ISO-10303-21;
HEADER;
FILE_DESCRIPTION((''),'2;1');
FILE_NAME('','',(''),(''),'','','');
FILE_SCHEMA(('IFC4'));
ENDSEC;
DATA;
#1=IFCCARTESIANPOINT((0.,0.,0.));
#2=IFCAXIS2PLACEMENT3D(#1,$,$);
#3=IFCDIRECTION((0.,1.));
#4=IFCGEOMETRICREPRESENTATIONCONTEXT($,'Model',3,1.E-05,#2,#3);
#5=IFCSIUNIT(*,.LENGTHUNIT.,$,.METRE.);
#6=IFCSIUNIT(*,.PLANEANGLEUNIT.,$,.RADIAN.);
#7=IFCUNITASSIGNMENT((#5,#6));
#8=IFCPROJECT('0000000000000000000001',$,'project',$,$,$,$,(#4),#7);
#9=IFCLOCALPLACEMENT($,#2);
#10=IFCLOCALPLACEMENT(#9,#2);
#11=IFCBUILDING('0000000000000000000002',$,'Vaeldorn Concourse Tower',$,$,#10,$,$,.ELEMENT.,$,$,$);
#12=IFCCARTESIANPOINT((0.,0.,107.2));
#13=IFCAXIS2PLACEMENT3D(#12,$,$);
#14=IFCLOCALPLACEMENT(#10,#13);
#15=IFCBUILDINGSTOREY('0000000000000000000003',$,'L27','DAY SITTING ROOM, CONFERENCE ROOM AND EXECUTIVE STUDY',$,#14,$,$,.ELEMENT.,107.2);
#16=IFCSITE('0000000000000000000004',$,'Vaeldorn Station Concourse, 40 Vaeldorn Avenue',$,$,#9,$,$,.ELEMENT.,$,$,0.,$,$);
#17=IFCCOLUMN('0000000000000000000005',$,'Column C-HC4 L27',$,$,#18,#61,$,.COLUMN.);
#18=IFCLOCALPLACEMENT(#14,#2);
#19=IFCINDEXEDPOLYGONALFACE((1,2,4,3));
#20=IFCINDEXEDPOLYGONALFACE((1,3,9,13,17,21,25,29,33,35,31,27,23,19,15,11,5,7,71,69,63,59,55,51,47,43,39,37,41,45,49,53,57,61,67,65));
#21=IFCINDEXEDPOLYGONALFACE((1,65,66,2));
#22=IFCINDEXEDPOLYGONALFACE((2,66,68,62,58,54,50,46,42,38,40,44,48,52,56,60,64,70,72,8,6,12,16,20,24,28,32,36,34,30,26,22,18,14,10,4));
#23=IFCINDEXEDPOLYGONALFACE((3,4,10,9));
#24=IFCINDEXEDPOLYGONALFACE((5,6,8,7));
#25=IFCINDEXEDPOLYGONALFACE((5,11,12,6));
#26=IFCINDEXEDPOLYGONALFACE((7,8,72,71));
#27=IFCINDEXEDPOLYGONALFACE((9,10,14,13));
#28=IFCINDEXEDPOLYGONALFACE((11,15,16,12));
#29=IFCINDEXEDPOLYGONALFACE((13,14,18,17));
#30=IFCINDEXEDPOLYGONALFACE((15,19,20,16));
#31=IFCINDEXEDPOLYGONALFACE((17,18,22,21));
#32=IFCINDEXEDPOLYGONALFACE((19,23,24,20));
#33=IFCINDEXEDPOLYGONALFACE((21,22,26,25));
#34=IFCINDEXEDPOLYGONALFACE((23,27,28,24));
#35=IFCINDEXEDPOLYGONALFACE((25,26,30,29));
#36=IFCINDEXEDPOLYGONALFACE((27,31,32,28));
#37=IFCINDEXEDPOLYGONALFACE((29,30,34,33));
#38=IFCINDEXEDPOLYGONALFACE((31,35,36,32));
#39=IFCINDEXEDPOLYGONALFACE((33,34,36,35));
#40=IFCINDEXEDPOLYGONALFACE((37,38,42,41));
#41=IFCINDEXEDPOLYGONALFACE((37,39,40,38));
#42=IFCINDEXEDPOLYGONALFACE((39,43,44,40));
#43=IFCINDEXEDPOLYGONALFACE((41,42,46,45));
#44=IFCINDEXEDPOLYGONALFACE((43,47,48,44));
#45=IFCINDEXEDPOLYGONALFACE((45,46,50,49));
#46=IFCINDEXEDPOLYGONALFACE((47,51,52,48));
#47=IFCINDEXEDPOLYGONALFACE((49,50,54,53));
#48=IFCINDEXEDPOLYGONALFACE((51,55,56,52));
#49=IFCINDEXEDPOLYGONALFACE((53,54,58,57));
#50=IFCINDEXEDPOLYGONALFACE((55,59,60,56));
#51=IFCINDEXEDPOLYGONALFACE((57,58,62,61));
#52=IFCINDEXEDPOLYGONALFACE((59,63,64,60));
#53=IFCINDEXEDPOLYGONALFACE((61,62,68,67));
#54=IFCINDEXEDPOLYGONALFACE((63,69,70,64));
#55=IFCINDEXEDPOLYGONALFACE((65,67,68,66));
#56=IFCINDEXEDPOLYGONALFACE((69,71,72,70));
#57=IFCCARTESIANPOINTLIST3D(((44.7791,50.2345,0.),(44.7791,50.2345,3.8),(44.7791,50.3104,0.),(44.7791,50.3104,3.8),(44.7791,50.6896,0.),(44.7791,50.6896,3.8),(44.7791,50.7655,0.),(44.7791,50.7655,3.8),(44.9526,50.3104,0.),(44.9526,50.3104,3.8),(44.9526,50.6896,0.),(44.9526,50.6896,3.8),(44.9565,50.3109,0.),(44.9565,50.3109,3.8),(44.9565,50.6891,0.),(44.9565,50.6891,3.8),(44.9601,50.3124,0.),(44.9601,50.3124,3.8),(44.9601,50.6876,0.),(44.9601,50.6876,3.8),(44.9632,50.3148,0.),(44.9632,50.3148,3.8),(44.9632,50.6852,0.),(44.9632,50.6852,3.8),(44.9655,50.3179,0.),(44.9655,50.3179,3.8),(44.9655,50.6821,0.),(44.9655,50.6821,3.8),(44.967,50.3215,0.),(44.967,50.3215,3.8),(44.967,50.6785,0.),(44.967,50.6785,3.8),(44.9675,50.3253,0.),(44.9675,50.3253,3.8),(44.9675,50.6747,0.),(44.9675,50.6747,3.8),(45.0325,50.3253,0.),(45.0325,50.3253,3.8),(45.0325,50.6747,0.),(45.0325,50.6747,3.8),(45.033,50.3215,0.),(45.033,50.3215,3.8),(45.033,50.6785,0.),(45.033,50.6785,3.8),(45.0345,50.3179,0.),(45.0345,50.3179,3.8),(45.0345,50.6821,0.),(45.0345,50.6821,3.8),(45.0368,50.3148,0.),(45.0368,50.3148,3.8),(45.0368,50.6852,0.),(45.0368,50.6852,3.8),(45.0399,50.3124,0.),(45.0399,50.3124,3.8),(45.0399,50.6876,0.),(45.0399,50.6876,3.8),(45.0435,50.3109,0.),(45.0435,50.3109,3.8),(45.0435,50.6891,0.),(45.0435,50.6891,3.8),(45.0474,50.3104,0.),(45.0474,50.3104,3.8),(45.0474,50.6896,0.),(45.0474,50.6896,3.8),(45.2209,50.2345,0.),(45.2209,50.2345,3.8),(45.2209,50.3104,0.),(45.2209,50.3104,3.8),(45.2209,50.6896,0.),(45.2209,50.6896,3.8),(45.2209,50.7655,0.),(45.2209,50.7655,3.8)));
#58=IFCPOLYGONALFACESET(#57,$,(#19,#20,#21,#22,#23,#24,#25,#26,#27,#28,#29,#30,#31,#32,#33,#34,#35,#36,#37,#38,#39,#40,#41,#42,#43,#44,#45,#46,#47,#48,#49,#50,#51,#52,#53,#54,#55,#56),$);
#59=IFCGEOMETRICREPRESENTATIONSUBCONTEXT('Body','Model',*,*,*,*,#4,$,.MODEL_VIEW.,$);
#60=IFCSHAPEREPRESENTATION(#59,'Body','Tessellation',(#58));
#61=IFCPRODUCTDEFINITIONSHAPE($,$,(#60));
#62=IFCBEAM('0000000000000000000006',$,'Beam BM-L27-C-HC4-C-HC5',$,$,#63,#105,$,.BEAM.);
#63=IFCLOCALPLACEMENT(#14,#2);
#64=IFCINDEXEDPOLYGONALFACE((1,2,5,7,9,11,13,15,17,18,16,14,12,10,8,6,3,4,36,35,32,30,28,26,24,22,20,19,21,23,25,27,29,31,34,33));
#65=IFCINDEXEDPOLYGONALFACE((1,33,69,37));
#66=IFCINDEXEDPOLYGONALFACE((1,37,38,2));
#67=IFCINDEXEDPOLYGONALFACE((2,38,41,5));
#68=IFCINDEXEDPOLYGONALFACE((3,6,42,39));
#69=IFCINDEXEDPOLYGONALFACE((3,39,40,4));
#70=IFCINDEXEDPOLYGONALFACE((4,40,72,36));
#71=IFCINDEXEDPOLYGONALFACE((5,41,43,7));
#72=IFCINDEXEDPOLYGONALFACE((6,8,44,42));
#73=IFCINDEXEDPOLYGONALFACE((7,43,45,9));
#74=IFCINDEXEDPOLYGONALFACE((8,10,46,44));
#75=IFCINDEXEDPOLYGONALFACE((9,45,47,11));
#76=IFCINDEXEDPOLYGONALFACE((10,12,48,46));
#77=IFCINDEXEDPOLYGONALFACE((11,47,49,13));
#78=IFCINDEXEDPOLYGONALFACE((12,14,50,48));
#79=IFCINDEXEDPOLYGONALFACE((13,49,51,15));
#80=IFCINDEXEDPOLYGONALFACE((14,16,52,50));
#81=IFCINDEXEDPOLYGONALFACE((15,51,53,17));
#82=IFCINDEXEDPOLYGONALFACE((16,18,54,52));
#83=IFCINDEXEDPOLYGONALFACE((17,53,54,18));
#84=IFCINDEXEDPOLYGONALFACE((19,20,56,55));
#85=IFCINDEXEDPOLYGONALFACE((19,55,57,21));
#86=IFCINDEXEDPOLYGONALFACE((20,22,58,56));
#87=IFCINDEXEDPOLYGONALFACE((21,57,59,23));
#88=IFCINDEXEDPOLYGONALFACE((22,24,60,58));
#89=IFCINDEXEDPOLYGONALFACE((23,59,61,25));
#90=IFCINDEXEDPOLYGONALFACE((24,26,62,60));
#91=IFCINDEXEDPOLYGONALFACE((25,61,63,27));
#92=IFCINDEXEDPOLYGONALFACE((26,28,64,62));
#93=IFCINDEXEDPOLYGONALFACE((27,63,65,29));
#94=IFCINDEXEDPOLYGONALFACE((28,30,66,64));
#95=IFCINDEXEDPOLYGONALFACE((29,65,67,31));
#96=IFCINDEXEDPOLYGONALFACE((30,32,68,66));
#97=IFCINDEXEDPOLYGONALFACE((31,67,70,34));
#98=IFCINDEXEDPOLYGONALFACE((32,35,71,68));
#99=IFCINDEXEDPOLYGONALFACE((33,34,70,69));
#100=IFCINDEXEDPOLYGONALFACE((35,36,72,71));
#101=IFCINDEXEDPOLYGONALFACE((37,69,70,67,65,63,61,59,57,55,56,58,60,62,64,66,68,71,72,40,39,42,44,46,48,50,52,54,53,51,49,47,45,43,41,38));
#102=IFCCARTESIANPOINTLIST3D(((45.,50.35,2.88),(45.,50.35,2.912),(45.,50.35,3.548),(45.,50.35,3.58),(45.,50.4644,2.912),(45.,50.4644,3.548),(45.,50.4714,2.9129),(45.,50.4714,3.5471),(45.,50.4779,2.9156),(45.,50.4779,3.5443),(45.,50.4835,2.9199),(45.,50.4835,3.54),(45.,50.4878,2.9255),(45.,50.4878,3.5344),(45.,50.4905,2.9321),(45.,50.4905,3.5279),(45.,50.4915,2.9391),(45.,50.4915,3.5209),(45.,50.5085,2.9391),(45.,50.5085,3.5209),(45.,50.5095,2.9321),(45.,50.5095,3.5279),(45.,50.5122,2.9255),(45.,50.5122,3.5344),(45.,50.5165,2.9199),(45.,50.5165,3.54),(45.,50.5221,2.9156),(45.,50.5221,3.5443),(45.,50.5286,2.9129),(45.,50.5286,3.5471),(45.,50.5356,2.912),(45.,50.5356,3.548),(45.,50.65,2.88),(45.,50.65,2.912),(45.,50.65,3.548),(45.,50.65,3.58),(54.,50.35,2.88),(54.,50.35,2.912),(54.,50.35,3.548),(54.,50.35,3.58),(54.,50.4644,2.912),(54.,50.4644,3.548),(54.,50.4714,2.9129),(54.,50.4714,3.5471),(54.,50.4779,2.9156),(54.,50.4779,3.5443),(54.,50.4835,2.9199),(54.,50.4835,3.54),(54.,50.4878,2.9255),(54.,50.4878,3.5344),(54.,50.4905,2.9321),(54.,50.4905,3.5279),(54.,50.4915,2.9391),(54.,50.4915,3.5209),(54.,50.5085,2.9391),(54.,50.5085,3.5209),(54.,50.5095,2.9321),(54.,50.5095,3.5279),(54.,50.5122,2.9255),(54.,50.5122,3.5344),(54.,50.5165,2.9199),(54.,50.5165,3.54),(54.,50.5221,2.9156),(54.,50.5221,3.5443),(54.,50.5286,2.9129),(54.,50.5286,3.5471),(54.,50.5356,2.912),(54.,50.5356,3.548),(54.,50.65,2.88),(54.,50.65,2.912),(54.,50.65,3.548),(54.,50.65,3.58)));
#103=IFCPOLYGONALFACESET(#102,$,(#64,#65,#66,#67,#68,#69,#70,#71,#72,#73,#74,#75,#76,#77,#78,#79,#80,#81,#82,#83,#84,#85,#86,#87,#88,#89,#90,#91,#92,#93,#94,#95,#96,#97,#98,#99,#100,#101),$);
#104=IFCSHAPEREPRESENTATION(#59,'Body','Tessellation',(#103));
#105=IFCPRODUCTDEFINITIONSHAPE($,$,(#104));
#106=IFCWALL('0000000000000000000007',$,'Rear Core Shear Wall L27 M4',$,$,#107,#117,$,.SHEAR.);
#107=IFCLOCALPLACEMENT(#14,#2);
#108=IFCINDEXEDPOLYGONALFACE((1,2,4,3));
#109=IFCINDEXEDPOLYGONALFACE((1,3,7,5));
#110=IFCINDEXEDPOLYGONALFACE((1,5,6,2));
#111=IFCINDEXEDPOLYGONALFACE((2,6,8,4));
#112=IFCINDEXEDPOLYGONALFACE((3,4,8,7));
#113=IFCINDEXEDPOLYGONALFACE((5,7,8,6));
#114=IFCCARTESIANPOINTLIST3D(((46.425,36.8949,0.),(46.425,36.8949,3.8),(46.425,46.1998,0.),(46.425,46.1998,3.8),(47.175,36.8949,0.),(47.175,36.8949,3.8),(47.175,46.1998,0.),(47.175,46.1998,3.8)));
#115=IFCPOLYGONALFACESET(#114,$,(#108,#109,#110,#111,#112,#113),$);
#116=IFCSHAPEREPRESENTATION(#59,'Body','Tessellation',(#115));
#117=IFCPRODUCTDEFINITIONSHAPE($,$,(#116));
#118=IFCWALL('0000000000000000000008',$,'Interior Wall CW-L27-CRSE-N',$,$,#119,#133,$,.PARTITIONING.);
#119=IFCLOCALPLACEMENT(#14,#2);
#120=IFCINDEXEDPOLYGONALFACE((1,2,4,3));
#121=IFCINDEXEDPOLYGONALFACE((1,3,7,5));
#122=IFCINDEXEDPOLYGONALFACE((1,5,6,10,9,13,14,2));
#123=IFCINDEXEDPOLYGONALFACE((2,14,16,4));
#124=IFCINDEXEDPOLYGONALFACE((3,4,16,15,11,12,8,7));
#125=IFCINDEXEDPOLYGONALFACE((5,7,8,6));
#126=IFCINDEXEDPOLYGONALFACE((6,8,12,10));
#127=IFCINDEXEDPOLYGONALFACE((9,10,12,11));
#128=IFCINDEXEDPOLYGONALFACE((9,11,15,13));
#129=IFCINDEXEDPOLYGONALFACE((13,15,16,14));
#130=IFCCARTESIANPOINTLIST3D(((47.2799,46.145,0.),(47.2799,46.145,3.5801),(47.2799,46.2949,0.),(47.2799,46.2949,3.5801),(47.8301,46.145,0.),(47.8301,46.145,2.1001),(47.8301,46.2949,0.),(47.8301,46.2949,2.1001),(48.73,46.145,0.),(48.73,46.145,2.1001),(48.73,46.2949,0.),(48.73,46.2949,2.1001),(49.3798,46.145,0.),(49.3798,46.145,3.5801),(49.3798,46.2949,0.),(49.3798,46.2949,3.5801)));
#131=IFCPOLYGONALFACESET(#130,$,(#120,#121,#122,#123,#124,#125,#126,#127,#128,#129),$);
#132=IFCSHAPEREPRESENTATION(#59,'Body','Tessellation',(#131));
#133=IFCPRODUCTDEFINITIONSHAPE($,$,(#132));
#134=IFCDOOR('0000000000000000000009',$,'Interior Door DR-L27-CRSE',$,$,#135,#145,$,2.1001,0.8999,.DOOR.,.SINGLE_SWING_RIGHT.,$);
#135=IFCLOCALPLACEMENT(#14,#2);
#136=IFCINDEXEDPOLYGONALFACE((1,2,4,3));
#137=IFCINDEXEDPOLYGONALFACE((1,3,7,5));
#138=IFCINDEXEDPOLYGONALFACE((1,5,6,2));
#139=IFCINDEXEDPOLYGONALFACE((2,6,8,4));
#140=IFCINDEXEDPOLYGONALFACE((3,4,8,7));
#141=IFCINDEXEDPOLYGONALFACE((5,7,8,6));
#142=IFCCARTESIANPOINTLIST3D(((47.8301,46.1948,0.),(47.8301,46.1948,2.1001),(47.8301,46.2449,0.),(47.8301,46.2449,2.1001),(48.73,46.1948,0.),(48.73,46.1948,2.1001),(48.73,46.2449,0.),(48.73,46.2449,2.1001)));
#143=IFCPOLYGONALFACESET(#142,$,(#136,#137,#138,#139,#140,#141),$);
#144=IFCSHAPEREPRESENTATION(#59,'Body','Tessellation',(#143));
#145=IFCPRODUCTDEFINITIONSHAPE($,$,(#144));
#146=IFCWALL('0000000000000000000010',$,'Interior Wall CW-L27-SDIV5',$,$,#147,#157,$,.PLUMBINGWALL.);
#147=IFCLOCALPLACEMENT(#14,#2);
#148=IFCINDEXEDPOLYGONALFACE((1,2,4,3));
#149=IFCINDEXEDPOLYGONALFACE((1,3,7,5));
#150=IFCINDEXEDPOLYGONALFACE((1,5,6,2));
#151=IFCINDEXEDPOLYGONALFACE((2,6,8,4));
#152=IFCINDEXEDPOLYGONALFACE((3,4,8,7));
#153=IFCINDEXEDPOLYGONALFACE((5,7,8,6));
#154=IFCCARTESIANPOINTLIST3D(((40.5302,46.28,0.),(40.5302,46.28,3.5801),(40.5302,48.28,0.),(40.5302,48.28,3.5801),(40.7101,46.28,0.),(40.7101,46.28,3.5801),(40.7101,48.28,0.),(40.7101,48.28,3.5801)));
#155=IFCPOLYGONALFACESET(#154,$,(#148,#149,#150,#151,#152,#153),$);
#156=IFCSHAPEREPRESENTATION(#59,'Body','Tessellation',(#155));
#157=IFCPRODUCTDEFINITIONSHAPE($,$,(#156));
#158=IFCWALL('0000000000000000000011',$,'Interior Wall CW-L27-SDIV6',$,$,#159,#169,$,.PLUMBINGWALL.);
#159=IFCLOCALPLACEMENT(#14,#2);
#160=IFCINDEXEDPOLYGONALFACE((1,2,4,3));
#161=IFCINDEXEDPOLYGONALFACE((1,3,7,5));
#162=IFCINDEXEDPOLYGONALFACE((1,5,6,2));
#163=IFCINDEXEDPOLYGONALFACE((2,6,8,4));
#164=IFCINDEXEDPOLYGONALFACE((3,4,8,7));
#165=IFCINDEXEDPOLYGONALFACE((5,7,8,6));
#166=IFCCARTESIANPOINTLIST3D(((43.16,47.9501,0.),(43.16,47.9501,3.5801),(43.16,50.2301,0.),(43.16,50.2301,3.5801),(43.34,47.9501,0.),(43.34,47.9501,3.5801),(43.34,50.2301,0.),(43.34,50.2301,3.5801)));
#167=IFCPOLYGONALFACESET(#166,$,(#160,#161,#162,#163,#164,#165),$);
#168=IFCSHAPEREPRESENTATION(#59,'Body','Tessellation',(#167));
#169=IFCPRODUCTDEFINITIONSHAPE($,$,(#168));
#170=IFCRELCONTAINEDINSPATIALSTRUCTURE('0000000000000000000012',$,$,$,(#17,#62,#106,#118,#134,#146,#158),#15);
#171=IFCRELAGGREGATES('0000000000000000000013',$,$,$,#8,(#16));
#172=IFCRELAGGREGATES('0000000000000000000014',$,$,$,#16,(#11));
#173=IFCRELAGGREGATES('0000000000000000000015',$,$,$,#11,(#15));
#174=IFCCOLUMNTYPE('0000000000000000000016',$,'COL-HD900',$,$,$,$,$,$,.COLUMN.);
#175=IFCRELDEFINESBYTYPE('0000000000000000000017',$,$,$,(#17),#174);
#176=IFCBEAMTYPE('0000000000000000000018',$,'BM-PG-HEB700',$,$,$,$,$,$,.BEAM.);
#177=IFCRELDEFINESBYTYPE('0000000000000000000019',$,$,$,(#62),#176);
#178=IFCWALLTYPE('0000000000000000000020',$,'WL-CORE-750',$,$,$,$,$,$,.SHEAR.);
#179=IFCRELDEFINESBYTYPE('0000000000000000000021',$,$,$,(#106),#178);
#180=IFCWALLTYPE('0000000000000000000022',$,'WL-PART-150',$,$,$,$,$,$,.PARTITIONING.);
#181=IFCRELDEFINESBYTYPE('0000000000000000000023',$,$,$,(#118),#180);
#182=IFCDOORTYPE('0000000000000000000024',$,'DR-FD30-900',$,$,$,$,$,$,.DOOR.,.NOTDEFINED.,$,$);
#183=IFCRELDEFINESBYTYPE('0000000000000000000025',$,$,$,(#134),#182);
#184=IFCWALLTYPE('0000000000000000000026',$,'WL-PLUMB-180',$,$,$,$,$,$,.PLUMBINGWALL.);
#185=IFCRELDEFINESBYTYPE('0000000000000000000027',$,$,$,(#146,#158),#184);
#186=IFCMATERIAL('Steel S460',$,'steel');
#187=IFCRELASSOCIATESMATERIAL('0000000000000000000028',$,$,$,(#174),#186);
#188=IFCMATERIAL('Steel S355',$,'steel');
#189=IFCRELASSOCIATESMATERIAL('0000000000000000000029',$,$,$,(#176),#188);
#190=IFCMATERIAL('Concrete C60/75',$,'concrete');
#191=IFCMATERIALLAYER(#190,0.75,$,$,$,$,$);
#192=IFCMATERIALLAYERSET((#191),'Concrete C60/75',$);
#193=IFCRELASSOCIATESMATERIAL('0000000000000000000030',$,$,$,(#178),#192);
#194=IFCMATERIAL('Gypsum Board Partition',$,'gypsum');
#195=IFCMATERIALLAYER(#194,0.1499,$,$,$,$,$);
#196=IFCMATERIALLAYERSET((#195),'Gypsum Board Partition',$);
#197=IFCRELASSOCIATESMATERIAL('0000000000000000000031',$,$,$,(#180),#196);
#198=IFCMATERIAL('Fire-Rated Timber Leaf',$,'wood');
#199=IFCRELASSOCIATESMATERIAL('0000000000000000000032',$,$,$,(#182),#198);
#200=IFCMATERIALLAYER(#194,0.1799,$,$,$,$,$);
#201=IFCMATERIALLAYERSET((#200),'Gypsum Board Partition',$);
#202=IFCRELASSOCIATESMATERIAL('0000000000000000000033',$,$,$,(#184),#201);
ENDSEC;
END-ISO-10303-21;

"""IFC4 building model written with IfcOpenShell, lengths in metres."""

from ifc_helpers import new_model, si_unit, direction, frame, frame_2d, origin, origin_2d, place, context, subcontext, project, spatial, rectangle, i_section, extrude, source, transform, mapped, material, layer, layer_set, material_profile, profile_set, type_object, element, fill, save


model = new_model("IFC4")

# Units and contexts
model_context = context("Model", 3, precision=1e-05, world=origin(), true_north=direction((0.0, 1.0)))
body_context = subcontext(model_context, "Body", "Model", "MODEL_VIEW")
ifc_project = project(units=[si_unit("LENGTHUNIT", "METRE"), si_unit("PLANEANGLEUNIT", "RADIAN")], contexts=[model_context])

# Site, building, storey
site_placement = place(None, origin())
site = spatial("IfcSite", under=ifc_project, at=site_placement, Name="Vaeldorn Station Concourse, 40 Vaeldorn Avenue", CompositionType="ELEMENT", RefElevation=0.0)
building_placement = place(site_placement, origin())
building = spatial("IfcBuilding", under=site, at=building_placement, Name="Vaeldorn Concourse Tower", CompositionType="ELEMENT")
storey_placement = place(building_placement, frame((0.0, 0.0, 107.2)))
storey = spatial("IfcBuildingStorey", under=building, at=storey_placement, Name="L27", Description="DAY SITTING ROOM, CONFERENCE ROOM AND EXECUTIVE STUDY", CompositionType="ELEMENT", Elevation=107.2)

# Column
ifc_material_1 = material(Name="Steel S460", Category="steel")
ifc_material_profile_1 = material_profile(ifc_material_1, i_section(OverallWidth=0.4419, OverallDepth=0.531, WebThickness=0.0649, FlangeThickness=0.0759, FilletRadius=0.0149, at=origin_2d()), Name="HD 400x900")
ifc_profile_set_1 = profile_set([ifc_material_profile_1], Name="Steel S460")
column_type = type_object("IfcColumnType", Name="COL-HD900", PredefinedType="COLUMN", material=ifc_profile_set_1)
shared_shape_1 = source(origin(), body_context, "Body", "SweptSolid", [
    extrude(i_section(OverallWidth=0.4419, OverallDepth=0.531, WebThickness=0.0649, FlangeThickness=0.0759, FilletRadius=0.0149, at=origin_2d()), origin(), (0.0, 0.0, 1.0), 3.8),
])
column_placement = place(storey_placement, frame((45.0, 50.5, 0.0), z_axis=(0.0, 0.0, 1.0), x_axis=(1.0, 0.0, 0.0)))
element("IfcColumn", 1, at=column_placement, inside=storey, type_object=column_type, Name="Column C-HC4 L27", PredefinedType="COLUMN", context=body_context, shape_type="MappedRepresentation", body=[
    mapped(shared_shape_1, transform((0.0, 0.0, 0.0), scale=1.0)),
])

# Beam
ifc_material_2 = material(Name="Steel S355", Category="steel")
ifc_material_profile_2 = material_profile(ifc_material_2, i_section(OverallWidth=0.3, OverallDepth=0.7, WebThickness=0.0171, FlangeThickness=0.032, FilletRadius=0.0271, at=origin_2d()), Name="HEB 700")
ifc_profile_set_2 = profile_set([ifc_material_profile_2], Name="Steel S355")
beam_type = type_object("IfcBeamType", Name="BM-PG-HEB700", PredefinedType="BEAM", material=ifc_profile_set_2)
shared_shape_2 = source(origin(), body_context, "Body", "SweptSolid", [
    extrude(i_section(OverallWidth=0.3, OverallDepth=0.7, WebThickness=0.0171, FlangeThickness=0.032, FilletRadius=0.0271, at=origin_2d()), origin(), (0.0, 0.0, 1.0), 9.0),
])
beam_placement = place(storey_placement, frame((45.0, 50.5, 3.23), z_axis=(1.0, 0.0, 0.0), x_axis=(0.0, 1.0, 0.0)))
element("IfcBeam", 2, at=beam_placement, inside=storey, type_object=beam_type, Name="Beam BM-L27-C-HC4-C-HC5", PredefinedType="BEAM", context=body_context, shape_type="MappedRepresentation", body=[
    mapped(shared_shape_2, transform((0.0, 0.0, 0.0), scale=1.0)),
])

# Wall
ifc_material_3 = material(Name="Concrete C60/75", Category="concrete")
ifc_layer_1 = layer(ifc_material_3, 0.75)
ifc_layer_set_1 = layer_set([ifc_layer_1], Name="Concrete C60/75")
wall_type_1 = type_object("IfcWallType", Name="WL-CORE-750", PredefinedType="SHEAR", material=ifc_layer_set_1)
wall_1_placement = place(storey_placement, frame((46.8, 36.895, 0.0), z_axis=(0.0, 0.0, 1.0), x_axis=(0.0, 1.0, 0.0)))
element("IfcWall", 3, at=wall_1_placement, inside=storey, type_object=wall_type_1, Name="Rear Core Shear Wall L27 M4", PredefinedType="SHEAR", context=body_context, shape_type="SweptSolid", body=[
    extrude(rectangle(XDim=9.3049, YDim=0.75, at=frame_2d((4.6523, 0.0))), origin(), (0.0, 0.0, 1.0), 3.8),
])

# Wall, opening, door
ifc_material_4 = material(Name="Gypsum Board Partition", Category="gypsum")
ifc_layer_2 = layer(ifc_material_4, 0.1499)
ifc_layer_set_2 = layer_set([ifc_layer_2], Name="Gypsum Board Partition")
wall_type_2 = type_object("IfcWallType", Name="WL-PART-150", PredefinedType="PARTITIONING", material=ifc_layer_set_2)
wall_2_placement = place(storey_placement, frame((47.28, 46.22, 0.0), z_axis=(0.0, 0.0, 1.0), x_axis=(1.0, 0.0, 0.0)))
wall_2 = element("IfcWall", 4, at=wall_2_placement, inside=storey, type_object=wall_type_2, Name="Interior Wall CW-L27-CRSE-N", PredefinedType="PARTITIONING", context=body_context, shape_type="SweptSolid", body=[
    extrude(rectangle(XDim=2.0999, YDim=0.1499, at=frame_2d((1.0498, 0.0))), origin(), (0.0, 0.0, 1.0), 3.5801),
])
opening_1_placement = place(wall_2_placement, frame((0.55, 0.0, 0.0)))
opening_1 = element("IfcOpeningElement", 5, at=opening_1_placement, cuts=wall_2, PredefinedType="OPENING", context=body_context, shape_type="SweptSolid", body=[
    extrude(rectangle(XDim=0.8999, YDim=2.1001, at=frame_2d((0.45, 1.05))), frame((0.0, 0.085, 0.0), z_axis=(0.0, -1.0, 0.0), x_axis=(1.0, 0.0, 0.0)), (0.0, 0.0, 1.0), 0.1699),
])
ifc_material_5 = material(Name="Fire-Rated Timber Leaf", Category="wood")
door_type_1 = type_object("IfcDoorType", Name="DR-FD30-900", OperationType="NOTDEFINED", PredefinedType="DOOR", material=ifc_material_5)
shared_shape_3 = source(origin(), body_context, "Body", "SweptSolid", [
    extrude(rectangle(XDim=0.8999, YDim=2.1001, at=frame_2d((0.45, 1.05))), frame((0.0, 0.0249, 0.0), z_axis=(0.0, -1.0, 0.0), x_axis=(1.0, 0.0, 0.0)), (0.0, 0.0, 1.0), 0.05),
])
door_1_placement = place(opening_1_placement, origin())
door_1 = element("IfcDoor", 6, at=door_1_placement, inside=storey, type_object=door_type_1, Name="Interior Door DR-L27-CRSE", OperationType="SINGLE_SWING_RIGHT", OverallHeight=2.1001, OverallWidth=0.8999, PredefinedType="DOOR", context=body_context, shape_type="MappedRepresentation", body=[
    mapped(shared_shape_3, transform((0.0, 0.0, 0.0), scale=1.0)),
])
fill(opening_1, door_1)

# Walls
ifc_layer_3 = layer(ifc_material_4, 0.1799)
ifc_layer_set_3 = layer_set([ifc_layer_3], Name="Gypsum Board Partition")
wall_type_3 = type_object("IfcWallType", Name="WL-PLUMB-180", PredefinedType="PLUMBINGWALL", material=ifc_layer_set_3)
wall_3_placement = place(storey_placement, frame((40.6201, 46.28, 0.0), z_axis=(0.0, 0.0, 1.0), x_axis=(0.0, 1.0, 0.0)))
element("IfcWall", 7, at=wall_3_placement, inside=storey, type_object=wall_type_3, Name="Interior Wall CW-L27-SDIV5", PredefinedType="PLUMBINGWALL", context=body_context, shape_type="SweptSolid", body=[
    extrude(rectangle(XDim=2.0, YDim=0.1799, at=frame_2d((1.0, 0.0))), origin(), (0.0, 0.0, 1.0), 3.5801),
])
wall_4_placement = place(storey_placement, frame((43.25, 47.95, 0.0), z_axis=(0.0, 0.0, 1.0), x_axis=(0.0, 1.0, 0.0)))
element("IfcWall", 8, at=wall_4_placement, inside=storey, type_object=wall_type_3, Name="Interior Wall CW-L27-SDIV6", PredefinedType="PLUMBINGWALL", context=body_context, shape_type="SweptSolid", body=[
    extrude(rectangle(XDim=2.28, YDim=0.1799, at=frame_2d((1.1401, 0.0))), origin(), (0.0, 0.0, 1.0), 3.5801),
])

save(model, "model.ifc")
